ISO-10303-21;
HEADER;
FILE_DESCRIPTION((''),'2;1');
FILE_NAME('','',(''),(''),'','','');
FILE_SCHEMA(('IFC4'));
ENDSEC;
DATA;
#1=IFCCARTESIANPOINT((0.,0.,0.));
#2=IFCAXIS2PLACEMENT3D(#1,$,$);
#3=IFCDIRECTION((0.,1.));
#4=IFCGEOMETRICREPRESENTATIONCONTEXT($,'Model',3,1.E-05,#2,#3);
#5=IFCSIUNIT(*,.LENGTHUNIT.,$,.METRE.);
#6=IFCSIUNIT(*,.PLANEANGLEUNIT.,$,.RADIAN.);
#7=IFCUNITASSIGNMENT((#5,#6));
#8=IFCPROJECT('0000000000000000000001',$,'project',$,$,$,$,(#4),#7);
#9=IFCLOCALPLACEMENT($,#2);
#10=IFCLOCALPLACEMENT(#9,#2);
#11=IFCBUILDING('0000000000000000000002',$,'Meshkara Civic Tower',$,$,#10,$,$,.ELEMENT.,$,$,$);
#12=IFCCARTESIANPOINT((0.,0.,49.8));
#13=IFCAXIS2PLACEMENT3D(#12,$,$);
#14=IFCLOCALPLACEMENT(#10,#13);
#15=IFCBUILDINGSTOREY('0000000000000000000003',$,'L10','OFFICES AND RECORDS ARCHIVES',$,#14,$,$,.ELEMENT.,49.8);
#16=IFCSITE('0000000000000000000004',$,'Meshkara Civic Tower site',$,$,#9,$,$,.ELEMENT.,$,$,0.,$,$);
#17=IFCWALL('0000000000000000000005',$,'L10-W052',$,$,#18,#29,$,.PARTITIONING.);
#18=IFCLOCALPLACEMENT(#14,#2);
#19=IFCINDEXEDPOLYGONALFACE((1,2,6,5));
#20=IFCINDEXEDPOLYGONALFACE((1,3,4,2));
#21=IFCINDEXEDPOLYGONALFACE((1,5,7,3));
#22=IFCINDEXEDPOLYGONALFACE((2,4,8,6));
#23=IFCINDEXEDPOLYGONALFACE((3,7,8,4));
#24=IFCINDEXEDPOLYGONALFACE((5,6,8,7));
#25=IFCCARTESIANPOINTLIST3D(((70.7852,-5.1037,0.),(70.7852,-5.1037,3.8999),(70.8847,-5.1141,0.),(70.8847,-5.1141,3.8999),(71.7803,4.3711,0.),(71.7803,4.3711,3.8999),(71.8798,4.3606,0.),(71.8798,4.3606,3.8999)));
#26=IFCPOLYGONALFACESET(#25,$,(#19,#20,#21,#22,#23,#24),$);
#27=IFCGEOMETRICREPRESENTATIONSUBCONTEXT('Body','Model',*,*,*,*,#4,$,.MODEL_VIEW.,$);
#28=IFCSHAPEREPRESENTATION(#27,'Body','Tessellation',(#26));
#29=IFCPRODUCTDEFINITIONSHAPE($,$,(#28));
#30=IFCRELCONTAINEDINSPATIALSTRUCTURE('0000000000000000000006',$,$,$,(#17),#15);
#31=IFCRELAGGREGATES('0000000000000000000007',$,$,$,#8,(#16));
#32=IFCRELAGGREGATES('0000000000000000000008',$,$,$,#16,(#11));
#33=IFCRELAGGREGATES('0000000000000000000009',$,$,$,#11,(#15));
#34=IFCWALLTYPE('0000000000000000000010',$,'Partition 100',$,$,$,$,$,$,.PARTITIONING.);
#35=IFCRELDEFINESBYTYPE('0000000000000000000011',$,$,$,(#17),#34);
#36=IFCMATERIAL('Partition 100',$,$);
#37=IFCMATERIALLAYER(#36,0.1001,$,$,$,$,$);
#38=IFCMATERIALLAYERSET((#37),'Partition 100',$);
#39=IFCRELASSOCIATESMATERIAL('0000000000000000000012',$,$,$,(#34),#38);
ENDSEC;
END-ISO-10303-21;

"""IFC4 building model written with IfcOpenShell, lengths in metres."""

from ifc_helpers import new_model, si_unit, direction, frame, frame_2d, origin, place, context, subcontext, project, spatial, rectangle, extrude, material, layer, layer_set, type_object, element, save


model = new_model("IFC4")

# Units and contexts
model_context = context("Model", 3, precision=1e-05, world=origin(), true_north=direction((0.0, 1.0)))
body_context = subcontext(model_context, "Body", "Model", "MODEL_VIEW")
ifc_project = project(units=[si_unit("LENGTHUNIT", "METRE"), si_unit("PLANEANGLEUNIT", "RADIAN")], contexts=[model_context])

# Site, building, storey
site_placement = place(None, origin())
site = spatial("IfcSite", under=ifc_project, at=site_placement, Name="Meshkara Civic Tower site", CompositionType="ELEMENT", RefElevation=0.0)
building_placement = place(site_placement, origin())
building = spatial("IfcBuilding", under=site, at=building_placement, Name="Meshkara Civic Tower", CompositionType="ELEMENT")
storey_placement = place(building_placement, frame((0.0, 0.0, 49.8)))
storey = spatial("IfcBuildingStorey", under=building, at=storey_placement, Name="L10", Description="OFFICES AND RECORDS ARCHIVES", CompositionType="ELEMENT", Elevation=49.8)

# Wall
ifc_material_1 = material(Name="Partition 100")
ifc_layer_1 = layer(ifc_material_1, 0.1001)
ifc_layer_set_1 = layer_set([ifc_layer_1], Name="Partition 100")
wall_type_1 = type_object("IfcWallType", Name="Partition 100", PredefinedType="PARTITIONING", material=ifc_layer_set_1)
for number, where, z_axis, x_axis, name in (
    (1, (70.835, -5.1089, 0.0), (0.0, 0.0, 1.0), (0.104453, 0.99453, 0.0), "L10-W052"),
):
    element("IfcWall", number, at=place(storey_placement, frame(where, z_axis=z_axis, x_axis=x_axis)), inside=storey, type_object=wall_type_1, Name=name, PredefinedType="PARTITIONING", context=body_context, shape_type="SweptSolid", body=[
        extrude(rectangle(XDim=9.5269, YDim=0.1001, at=frame_2d((4.7634, 0.0))), origin(), (0.0, 0.0, 1.0), 3.8999),
    ])

save(model, "model.ifc")
